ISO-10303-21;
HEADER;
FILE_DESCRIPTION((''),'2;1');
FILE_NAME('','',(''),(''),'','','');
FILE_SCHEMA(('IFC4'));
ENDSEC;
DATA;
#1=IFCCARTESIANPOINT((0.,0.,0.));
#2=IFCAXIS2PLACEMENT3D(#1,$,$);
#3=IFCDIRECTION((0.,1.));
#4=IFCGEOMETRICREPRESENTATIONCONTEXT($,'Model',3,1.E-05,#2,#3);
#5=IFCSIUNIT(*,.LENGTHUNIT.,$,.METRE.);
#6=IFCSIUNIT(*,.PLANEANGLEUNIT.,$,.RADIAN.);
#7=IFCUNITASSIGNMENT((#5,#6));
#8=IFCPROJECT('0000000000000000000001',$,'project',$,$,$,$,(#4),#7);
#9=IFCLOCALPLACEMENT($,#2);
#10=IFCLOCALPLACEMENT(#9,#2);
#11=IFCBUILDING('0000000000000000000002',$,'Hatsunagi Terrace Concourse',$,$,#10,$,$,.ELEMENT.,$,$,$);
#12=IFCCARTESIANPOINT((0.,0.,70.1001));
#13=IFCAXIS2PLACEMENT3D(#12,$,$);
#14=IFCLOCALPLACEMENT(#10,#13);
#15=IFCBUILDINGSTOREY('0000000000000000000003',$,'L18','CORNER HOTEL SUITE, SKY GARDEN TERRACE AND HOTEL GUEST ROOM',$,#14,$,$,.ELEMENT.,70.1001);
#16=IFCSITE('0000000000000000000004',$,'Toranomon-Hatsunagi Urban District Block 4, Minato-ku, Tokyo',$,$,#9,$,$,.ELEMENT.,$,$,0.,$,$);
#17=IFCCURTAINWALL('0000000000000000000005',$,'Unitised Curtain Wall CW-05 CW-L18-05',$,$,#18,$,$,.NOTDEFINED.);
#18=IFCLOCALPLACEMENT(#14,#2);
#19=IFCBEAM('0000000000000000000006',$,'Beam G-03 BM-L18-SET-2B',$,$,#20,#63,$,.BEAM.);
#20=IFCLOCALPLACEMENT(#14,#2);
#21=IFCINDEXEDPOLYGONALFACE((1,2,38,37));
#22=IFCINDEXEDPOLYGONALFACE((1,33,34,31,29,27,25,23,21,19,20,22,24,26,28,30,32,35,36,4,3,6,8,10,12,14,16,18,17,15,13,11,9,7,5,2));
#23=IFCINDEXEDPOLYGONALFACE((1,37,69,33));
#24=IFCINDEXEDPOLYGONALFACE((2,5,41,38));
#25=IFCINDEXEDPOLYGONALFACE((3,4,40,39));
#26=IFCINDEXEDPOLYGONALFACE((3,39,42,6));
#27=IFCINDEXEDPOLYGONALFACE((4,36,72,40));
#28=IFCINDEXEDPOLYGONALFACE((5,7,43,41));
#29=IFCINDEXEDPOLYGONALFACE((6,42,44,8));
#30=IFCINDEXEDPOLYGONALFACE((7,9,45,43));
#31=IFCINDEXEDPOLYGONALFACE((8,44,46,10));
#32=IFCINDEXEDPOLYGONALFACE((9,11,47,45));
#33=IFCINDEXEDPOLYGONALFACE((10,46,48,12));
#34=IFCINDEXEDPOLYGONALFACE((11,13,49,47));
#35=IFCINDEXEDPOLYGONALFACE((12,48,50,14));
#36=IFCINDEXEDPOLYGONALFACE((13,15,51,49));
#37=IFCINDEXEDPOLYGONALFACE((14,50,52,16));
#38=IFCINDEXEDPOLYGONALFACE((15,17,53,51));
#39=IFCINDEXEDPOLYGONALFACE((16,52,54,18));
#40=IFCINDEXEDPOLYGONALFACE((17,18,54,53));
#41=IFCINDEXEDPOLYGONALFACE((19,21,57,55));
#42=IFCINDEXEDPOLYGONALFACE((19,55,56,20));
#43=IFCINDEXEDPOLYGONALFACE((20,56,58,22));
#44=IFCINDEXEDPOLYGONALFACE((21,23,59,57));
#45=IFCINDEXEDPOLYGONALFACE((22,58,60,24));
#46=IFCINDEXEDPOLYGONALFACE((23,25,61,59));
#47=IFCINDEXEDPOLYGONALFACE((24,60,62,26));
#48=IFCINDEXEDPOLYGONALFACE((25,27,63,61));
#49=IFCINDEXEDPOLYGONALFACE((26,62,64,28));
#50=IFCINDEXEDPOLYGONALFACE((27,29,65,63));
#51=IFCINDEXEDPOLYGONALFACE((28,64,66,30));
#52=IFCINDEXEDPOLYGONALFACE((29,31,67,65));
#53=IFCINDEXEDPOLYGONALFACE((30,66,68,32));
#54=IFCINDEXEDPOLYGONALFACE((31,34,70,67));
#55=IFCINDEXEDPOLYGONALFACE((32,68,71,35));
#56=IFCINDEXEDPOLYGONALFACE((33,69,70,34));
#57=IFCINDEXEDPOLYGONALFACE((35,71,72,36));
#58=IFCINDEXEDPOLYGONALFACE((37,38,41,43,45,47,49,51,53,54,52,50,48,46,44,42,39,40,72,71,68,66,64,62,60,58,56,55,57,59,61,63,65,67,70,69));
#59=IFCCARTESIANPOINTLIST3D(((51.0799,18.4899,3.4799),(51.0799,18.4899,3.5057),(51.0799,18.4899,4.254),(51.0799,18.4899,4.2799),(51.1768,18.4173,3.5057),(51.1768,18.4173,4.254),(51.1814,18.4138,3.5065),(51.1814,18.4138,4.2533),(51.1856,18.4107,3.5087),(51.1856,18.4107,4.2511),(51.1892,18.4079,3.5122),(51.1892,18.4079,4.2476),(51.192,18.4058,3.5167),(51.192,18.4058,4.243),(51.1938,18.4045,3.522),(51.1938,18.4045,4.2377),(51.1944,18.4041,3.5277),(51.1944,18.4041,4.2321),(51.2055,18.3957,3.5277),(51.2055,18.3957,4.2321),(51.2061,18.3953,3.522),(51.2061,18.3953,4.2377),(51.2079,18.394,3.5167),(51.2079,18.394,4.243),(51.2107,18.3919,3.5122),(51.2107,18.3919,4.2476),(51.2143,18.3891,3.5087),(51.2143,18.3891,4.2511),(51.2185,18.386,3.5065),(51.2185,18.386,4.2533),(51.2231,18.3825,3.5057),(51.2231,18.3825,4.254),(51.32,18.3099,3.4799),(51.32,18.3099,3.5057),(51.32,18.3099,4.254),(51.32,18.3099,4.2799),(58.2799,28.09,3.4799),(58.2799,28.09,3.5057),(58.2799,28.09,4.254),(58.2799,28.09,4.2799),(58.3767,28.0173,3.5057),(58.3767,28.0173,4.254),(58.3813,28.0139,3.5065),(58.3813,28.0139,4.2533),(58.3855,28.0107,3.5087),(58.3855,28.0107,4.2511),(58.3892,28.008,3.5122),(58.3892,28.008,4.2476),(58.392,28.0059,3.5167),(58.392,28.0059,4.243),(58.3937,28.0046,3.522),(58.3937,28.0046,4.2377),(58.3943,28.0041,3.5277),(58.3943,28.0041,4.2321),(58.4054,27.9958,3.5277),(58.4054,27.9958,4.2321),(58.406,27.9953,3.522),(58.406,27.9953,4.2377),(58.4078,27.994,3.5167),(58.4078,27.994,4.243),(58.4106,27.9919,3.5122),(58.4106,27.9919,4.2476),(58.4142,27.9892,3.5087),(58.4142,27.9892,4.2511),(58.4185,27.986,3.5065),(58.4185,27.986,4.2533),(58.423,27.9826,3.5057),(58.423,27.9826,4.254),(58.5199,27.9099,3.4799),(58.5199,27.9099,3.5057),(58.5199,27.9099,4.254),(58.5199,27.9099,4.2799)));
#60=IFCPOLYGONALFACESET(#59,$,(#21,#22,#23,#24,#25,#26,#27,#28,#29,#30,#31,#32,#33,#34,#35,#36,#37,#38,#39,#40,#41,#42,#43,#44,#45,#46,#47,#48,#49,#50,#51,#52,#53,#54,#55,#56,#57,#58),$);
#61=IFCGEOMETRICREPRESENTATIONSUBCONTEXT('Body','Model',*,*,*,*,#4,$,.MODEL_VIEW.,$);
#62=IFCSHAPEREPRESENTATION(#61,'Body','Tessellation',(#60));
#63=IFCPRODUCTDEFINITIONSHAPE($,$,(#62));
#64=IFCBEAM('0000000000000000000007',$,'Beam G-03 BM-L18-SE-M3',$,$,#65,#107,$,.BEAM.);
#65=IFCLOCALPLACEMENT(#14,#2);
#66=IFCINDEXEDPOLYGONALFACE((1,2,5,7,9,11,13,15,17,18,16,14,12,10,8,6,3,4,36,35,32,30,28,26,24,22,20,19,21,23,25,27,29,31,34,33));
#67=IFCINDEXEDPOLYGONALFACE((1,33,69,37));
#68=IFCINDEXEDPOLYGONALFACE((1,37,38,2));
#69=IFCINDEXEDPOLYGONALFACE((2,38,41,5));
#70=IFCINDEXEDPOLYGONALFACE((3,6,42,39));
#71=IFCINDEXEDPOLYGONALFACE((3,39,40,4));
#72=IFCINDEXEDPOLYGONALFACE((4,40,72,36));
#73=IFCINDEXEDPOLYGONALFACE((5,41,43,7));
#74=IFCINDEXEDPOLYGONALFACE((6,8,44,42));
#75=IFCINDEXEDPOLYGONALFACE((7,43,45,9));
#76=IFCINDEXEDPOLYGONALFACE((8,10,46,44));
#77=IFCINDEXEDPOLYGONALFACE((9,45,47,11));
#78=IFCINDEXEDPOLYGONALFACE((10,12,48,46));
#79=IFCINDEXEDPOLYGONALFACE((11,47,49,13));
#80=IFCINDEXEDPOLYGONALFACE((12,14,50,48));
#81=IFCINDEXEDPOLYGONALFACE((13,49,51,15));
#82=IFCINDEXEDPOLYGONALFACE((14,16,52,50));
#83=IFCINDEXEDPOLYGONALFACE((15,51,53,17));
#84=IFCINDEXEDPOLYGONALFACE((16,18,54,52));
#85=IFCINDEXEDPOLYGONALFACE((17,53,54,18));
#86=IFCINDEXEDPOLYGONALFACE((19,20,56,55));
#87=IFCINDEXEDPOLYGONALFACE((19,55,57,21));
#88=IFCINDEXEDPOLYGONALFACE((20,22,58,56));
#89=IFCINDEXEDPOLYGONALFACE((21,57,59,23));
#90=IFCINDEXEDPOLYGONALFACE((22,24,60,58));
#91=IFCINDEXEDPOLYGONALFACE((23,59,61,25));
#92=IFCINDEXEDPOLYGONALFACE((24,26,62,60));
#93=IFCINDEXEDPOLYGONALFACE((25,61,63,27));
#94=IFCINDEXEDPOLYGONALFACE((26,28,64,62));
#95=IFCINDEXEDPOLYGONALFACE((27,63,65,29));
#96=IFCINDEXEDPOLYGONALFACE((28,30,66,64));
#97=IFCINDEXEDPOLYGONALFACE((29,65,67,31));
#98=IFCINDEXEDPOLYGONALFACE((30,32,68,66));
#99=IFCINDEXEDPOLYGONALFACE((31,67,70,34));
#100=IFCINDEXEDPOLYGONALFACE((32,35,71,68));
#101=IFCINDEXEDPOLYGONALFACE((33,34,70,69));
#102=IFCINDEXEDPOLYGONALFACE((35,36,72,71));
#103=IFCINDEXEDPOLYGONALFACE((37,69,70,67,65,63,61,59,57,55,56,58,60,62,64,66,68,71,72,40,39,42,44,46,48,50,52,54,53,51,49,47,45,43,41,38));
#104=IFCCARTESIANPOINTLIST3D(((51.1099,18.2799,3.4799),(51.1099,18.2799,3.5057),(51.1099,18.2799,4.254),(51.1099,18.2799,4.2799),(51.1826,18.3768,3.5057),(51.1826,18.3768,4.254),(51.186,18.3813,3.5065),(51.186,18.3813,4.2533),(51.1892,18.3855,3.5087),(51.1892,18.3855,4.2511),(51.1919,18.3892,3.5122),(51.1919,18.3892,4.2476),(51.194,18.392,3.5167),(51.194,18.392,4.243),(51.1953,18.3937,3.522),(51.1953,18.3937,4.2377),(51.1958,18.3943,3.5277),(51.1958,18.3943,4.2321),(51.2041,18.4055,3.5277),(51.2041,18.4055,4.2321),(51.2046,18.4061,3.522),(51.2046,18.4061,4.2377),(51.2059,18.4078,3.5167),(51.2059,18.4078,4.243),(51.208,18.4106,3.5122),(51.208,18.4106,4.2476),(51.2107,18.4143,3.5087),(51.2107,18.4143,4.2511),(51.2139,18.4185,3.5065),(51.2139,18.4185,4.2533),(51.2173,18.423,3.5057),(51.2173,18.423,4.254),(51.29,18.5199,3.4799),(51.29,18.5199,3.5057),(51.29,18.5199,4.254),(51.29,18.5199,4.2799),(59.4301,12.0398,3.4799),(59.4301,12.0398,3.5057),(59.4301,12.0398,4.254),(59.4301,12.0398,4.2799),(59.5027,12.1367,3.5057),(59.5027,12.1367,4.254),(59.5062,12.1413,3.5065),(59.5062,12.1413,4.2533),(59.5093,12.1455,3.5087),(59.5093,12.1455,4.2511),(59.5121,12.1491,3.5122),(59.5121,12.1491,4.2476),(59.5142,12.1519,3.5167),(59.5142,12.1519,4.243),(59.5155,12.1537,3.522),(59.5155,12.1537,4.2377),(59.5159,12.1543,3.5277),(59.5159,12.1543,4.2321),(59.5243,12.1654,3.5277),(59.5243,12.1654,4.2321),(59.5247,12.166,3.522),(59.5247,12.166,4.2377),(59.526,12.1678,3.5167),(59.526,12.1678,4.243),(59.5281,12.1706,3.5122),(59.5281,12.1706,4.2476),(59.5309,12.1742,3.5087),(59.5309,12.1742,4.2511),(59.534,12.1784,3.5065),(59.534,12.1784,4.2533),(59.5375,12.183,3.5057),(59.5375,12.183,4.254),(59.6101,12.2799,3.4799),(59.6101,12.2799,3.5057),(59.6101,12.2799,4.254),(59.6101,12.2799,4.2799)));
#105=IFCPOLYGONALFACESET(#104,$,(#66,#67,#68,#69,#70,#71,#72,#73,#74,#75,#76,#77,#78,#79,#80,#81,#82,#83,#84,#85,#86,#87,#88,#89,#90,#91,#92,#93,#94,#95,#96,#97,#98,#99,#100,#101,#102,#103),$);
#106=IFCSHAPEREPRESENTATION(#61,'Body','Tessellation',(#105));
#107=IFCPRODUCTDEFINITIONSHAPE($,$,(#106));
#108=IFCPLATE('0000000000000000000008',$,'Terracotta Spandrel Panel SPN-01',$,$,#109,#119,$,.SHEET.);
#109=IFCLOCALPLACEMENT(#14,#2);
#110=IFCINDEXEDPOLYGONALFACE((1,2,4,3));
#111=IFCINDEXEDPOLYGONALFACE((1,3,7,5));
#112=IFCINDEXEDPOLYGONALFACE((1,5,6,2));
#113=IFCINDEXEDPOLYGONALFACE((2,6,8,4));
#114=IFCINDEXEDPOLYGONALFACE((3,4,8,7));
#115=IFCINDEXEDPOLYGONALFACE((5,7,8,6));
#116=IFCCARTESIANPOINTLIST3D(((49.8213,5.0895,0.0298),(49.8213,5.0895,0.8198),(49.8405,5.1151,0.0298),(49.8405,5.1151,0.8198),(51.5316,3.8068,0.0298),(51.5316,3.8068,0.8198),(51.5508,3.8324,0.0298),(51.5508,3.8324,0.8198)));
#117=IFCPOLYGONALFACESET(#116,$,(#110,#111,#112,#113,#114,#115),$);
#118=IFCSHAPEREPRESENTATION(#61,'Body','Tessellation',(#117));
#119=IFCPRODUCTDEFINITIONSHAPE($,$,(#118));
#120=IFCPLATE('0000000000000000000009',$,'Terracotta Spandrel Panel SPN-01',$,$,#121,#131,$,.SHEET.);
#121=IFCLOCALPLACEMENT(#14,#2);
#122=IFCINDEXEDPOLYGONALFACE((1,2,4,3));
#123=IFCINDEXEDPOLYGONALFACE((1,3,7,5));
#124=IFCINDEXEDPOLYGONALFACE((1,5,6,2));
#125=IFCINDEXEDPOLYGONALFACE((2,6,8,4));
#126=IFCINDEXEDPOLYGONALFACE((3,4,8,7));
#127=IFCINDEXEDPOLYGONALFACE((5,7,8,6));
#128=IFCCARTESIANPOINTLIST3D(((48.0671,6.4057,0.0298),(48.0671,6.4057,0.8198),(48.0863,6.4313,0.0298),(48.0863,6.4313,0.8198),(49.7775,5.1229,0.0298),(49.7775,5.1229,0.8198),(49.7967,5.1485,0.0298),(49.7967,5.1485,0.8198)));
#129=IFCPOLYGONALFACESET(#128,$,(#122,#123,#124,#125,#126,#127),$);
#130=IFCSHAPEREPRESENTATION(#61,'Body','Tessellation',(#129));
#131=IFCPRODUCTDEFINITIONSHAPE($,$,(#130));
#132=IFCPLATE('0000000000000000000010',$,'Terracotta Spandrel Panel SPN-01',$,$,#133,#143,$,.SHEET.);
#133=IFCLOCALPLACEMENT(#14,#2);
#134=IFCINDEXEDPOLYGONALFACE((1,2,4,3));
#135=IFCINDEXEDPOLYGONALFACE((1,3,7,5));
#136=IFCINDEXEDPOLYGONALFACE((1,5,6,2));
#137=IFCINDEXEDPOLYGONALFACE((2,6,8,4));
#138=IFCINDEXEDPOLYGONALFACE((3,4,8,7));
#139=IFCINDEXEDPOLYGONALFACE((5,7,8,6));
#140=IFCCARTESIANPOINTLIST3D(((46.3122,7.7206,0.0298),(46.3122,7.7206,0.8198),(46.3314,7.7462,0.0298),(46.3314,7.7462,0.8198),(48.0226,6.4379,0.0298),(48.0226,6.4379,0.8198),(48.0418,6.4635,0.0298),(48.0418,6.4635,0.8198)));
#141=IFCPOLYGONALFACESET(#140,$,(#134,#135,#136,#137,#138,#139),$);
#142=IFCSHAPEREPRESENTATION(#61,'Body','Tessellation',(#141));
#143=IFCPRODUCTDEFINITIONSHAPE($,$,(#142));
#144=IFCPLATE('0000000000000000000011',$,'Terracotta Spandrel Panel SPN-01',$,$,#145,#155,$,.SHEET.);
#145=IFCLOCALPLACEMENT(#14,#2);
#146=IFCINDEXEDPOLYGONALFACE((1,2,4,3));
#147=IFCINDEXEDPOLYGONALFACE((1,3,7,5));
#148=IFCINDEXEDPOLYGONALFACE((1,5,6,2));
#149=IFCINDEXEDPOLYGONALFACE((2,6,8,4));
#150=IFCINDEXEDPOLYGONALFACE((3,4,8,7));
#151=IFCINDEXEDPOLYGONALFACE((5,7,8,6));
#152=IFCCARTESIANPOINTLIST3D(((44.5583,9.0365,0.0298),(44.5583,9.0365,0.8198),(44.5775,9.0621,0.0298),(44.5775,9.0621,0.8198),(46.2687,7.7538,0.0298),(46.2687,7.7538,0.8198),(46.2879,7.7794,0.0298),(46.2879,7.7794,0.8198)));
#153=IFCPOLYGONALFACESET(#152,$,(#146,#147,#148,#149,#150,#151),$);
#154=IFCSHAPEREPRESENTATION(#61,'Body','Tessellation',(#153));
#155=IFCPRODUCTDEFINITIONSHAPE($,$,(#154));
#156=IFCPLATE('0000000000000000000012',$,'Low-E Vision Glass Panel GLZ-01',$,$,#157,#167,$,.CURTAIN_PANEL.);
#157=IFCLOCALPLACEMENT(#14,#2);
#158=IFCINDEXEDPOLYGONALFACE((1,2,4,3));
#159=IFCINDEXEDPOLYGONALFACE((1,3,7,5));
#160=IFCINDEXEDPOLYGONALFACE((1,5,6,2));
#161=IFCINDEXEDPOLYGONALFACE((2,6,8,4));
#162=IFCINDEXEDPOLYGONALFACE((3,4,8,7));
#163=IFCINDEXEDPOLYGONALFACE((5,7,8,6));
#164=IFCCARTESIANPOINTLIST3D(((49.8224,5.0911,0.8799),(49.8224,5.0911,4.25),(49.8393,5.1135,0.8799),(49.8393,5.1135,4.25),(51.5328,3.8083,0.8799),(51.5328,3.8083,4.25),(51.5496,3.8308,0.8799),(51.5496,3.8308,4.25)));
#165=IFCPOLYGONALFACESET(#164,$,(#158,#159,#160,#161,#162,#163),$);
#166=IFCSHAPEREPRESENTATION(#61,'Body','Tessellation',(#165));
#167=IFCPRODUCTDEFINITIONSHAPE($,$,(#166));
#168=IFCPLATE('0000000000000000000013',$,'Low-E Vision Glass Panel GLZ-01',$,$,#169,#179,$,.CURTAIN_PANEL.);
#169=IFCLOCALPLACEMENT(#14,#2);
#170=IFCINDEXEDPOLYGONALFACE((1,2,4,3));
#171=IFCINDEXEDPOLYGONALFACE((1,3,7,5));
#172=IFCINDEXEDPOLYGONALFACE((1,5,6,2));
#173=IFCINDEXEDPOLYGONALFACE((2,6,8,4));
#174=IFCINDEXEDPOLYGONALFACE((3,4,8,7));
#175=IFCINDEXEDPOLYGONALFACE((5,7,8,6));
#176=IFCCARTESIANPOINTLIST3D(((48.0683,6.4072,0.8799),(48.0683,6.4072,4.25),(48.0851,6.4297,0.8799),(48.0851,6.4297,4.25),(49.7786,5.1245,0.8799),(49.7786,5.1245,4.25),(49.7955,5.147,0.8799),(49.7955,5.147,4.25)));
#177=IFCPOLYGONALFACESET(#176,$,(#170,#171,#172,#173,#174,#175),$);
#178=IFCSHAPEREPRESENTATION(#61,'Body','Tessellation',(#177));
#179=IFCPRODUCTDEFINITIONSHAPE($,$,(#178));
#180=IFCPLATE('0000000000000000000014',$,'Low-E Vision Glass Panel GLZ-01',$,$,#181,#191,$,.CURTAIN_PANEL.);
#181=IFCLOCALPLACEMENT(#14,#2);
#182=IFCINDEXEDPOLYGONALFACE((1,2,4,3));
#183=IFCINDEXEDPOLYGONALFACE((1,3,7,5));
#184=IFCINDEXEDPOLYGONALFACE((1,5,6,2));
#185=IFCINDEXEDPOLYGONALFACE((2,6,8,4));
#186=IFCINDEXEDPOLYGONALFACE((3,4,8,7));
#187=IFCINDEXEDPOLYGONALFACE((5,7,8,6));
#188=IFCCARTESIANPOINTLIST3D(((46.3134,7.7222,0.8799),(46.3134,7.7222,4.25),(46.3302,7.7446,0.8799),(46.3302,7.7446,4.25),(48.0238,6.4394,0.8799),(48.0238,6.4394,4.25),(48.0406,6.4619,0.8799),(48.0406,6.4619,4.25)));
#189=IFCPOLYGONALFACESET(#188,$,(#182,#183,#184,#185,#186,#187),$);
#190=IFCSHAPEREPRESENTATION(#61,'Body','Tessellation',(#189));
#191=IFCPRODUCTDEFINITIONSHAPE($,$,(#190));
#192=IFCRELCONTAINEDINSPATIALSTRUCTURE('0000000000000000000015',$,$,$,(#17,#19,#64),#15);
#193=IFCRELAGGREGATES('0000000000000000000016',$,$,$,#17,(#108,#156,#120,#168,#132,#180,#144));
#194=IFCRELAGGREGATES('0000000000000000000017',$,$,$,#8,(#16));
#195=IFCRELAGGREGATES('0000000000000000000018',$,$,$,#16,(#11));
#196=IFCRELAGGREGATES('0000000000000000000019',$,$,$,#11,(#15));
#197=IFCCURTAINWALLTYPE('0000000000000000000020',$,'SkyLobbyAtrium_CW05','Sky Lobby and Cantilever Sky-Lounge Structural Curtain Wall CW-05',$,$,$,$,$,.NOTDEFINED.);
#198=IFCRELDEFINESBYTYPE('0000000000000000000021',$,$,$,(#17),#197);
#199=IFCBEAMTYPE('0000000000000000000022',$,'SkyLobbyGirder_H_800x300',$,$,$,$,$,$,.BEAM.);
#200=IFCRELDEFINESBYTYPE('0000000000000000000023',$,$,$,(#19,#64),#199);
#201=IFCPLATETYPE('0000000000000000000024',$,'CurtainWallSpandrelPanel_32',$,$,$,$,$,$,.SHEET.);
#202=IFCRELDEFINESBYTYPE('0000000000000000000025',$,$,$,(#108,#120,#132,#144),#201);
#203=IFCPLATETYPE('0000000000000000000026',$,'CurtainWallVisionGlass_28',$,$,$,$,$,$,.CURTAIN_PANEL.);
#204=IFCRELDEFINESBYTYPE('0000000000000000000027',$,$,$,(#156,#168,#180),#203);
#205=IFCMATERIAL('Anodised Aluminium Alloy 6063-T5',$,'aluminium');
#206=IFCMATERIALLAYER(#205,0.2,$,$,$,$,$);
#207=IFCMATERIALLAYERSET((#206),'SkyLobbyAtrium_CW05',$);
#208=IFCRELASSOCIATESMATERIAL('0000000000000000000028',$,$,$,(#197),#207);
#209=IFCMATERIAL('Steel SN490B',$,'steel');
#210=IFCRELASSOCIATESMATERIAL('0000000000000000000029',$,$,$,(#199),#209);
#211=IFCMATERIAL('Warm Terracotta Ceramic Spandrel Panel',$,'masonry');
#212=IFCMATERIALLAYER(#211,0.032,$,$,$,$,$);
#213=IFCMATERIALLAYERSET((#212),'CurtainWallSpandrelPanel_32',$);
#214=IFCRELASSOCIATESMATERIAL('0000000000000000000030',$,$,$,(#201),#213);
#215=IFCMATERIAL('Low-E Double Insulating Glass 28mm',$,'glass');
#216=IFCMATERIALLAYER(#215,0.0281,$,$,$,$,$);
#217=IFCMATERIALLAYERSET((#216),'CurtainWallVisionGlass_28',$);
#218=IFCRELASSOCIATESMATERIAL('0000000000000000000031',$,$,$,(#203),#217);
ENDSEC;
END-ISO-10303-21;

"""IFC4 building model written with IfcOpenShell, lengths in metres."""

from ifc_helpers import new_model, si_unit, direction, frame, origin, origin_2d, place, context, subcontext, project, spatial, rectangle, i_section, extrude, material, layer, layer_set, material_profile, profile_set, type_object, element, aggregate, save


model = new_model("IFC4")

# Units and contexts
model_context = context("Model", 3, precision=1e-05, world=origin(), true_north=direction((0.0, 1.0)))
body_context = subcontext(model_context, "Body", "Model", "MODEL_VIEW")
ifc_project = project(units=[si_unit("LENGTHUNIT", "METRE"), si_unit("PLANEANGLEUNIT", "RADIAN")], contexts=[model_context])

# Site, building, storey
site_placement = place(None, origin())
site = spatial("IfcSite", under=ifc_project, at=site_placement, Name="Toranomon-Hatsunagi Urban District Block 4, Minato-ku, Tokyo", CompositionType="ELEMENT", RefElevation=0.0)
building_placement = place(site_placement, origin())
building = spatial("IfcBuilding", under=site, at=building_placement, Name="Hatsunagi Terrace Concourse", CompositionType="ELEMENT")
storey_placement = place(building_placement, frame((0.0, 0.0, 70.1001)))
storey = spatial("IfcBuildingStorey", under=building, at=storey_placement, Name="L18", Description="CORNER HOTEL SUITE, SKY GARDEN TERRACE AND HOTEL GUEST ROOM", CompositionType="ELEMENT", Elevation=70.1001)

# Curtain wall
ifc_material_1 = material(Name="Anodised Aluminium Alloy 6063-T5", Category="aluminium")
ifc_layer_1 = layer(ifc_material_1, 0.2)
ifc_layer_set_1 = layer_set([ifc_layer_1], Name="SkyLobbyAtrium_CW05")
curtain_wall_type = type_object("IfcCurtainWallType", Name="SkyLobbyAtrium_CW05", Description="Sky Lobby and Cantilever Sky-Lounge Structural Curtain Wall CW-05", PredefinedType="NOTDEFINED", material=ifc_layer_set_1)
curtain_wall_placement = place(storey_placement, origin())
curtain_wall = element("IfcCurtainWall", 1, at=curtain_wall_placement, inside=storey, type_object=curtain_wall_type, Name="Unitised Curtain Wall CW-05 CW-L18-05", PredefinedType="NOTDEFINED")

# Beams
ifc_material_2 = material(Name="Steel SN490B", Category="steel")
ifc_material_profile_1 = material_profile(ifc_material_2, i_section(OverallWidth=0.3, OverallDepth=0.8, WebThickness=0.0139, FlangeThickness=0.0259, FilletRadius=0.022, at=origin_2d()), Name="H-800x300x14x26")
ifc_profile_set_1 = profile_set([ifc_material_profile_1], Name="Steel SN490B")
beam_type_1 = type_object("IfcBeamType", Name="SkyLobbyGirder_H_800x300", PredefinedType="BEAM", material=ifc_profile_set_1)
beam_1_placement = place(storey_placement, frame((51.2, 18.3999, 3.8799), z_axis=(0.599993, 0.800005, 0.0), x_axis=(-0.800005, 0.599993, 0.0)))
element("IfcBeam", 2, at=beam_1_placement, inside=storey, type_object=beam_type_1, Name="Beam G-03 BM-L18-SET-2B", PredefinedType="BEAM", context=body_context, shape_type="SweptSolid", body=[
    extrude(i_section(OverallWidth=0.3, OverallDepth=0.8, WebThickness=0.0139, FlangeThickness=0.0259, FilletRadius=0.022, at=origin_2d()), origin(), (0.0, 0.0, 1.0), 12.0),
])
beam_2_placement = place(storey_placement, frame((51.2, 18.3999, 3.8799), z_axis=(0.800003, -0.599996, 0.0), x_axis=(0.599996, 0.800003, 0.0)))
element("IfcBeam", 3, at=beam_2_placement, inside=storey, type_object=beam_type_1, Name="Beam G-03 BM-L18-SE-M3", PredefinedType="BEAM", context=body_context, shape_type="SweptSolid", body=[
    extrude(i_section(OverallWidth=0.3, OverallDepth=0.8, WebThickness=0.0139, FlangeThickness=0.0259, FilletRadius=0.022, at=origin_2d()), origin(), (0.0, 0.0, 1.0), 10.4001),
])

# Plates
ifc_material_3 = material(Name="Warm Terracotta Ceramic Spandrel Panel", Category="masonry")
ifc_layer_2 = layer(ifc_material_3, 0.032)
ifc_layer_set_2 = layer_set([ifc_layer_2], Name="CurtainWallSpandrelPanel_32")
plate_type_1 = type_object("IfcPlateType", Name="CurtainWallSpandrelPanel_32", PredefinedType="SHEET", material=ifc_layer_set_2)
plate_1_placement = place(storey_placement, frame((50.686, 4.4609, 0.0298), z_axis=(0.0, 0.0, 1.0), x_axis=(-0.800003, 0.599996, 0.0)))
plate_1 = element("IfcPlate", 4, at=plate_1_placement, type_object=plate_type_1, Name="Terracotta Spandrel Panel SPN-01", PredefinedType="SHEET", context=body_context, shape_type="SweptSolid", body=[
    extrude(rectangle(XDim=2.1379, YDim=0.032, at=origin_2d()), origin(), (0.0, 0.0, 1.0), 0.79),
])
plate_2_placement = place(storey_placement, frame((48.9319, 5.7771, 0.0298), z_axis=(0.0, 0.0, 1.0), x_axis=(-0.800003, 0.599996, 0.0)))
plate_2 = element("IfcPlate", 5, at=plate_2_placement, type_object=plate_type_1, Name="Terracotta Spandrel Panel SPN-01", PredefinedType="SHEET", context=body_context, shape_type="SweptSolid", body=[
    extrude(rectangle(XDim=2.1379, YDim=0.032, at=origin_2d()), origin(), (0.0, 0.0, 1.0), 0.79),
])
plate_3_placement = place(storey_placement, frame((47.177, 7.092, 0.0298), z_axis=(0.0, 0.0, 1.0), x_axis=(-0.800003, 0.599996, 0.0)))
plate_3 = element("IfcPlate", 6, at=plate_3_placement, type_object=plate_type_1, Name="Terracotta Spandrel Panel SPN-01", PredefinedType="SHEET", context=body_context, shape_type="SweptSolid", body=[
    extrude(rectangle(XDim=2.1379, YDim=0.032, at=origin_2d()), origin(), (0.0, 0.0, 1.0), 0.79),
])
plate_4_placement = place(storey_placement, frame((45.4231, 8.408, 0.0298), z_axis=(0.0, 0.0, 1.0), x_axis=(-0.800003, 0.599996, 0.0)))
plate_4 = element("IfcPlate", 7, at=plate_4_placement, type_object=plate_type_1, Name="Terracotta Spandrel Panel SPN-01", PredefinedType="SHEET", context=body_context, shape_type="SweptSolid", body=[
    extrude(rectangle(XDim=2.1379, YDim=0.032, at=origin_2d()), origin(), (0.0, 0.0, 1.0), 0.79),
])
ifc_material_4 = material(Name="Low-E Double Insulating Glass 28mm", Category="glass")
ifc_layer_3 = layer(ifc_material_4, 0.0281)
ifc_layer_set_3 = layer_set([ifc_layer_3], Name="CurtainWallVisionGlass_28")
plate_type_2 = type_object("IfcPlateType", Name="CurtainWallVisionGlass_28", PredefinedType="CURTAIN_PANEL", material=ifc_layer_set_3)
plate_5_placement = place(storey_placement, frame((50.686, 4.4609, 0.8799), z_axis=(0.0, 0.0, 1.0), x_axis=(-0.800003, 0.599996, 0.0)))
plate_5 = element("IfcPlate", 8, at=plate_5_placement, type_object=plate_type_2, Name="Low-E Vision Glass Panel GLZ-01", PredefinedType="CURTAIN_PANEL", context=body_context, shape_type="SweptSolid", body=[
    extrude(rectangle(XDim=2.1379, YDim=0.0281, at=origin_2d()), origin(), (0.0, 0.0, 1.0), 3.3701),
])
plate_6_placement = place(storey_placement, frame((48.9319, 5.7771, 0.8799), z_axis=(0.0, 0.0, 1.0), x_axis=(-0.800003, 0.599996, 0.0)))
plate_6 = element("IfcPlate", 9, at=plate_6_placement, type_object=plate_type_2, Name="Low-E Vision Glass Panel GLZ-01", PredefinedType="CURTAIN_PANEL", context=body_context, shape_type="SweptSolid", body=[
    extrude(rectangle(XDim=2.1379, YDim=0.0281, at=origin_2d()), origin(), (0.0, 0.0, 1.0), 3.3701),
])
plate_7_placement = place(storey_placement, frame((47.177, 7.092, 0.8799), z_axis=(0.0, 0.0, 1.0), x_axis=(-0.800003, 0.599996, 0.0)))
plate_7 = element("IfcPlate", 10, at=plate_7_placement, type_object=plate_type_2, Name="Low-E Vision Glass Panel GLZ-01", PredefinedType="CURTAIN_PANEL", context=body_context, shape_type="SweptSolid", body=[
    extrude(rectangle(XDim=2.1379, YDim=0.0281, at=origin_2d()), origin(), (0.0, 0.0, 1.0), 3.3701),
])
aggregate(curtain_wall, [plate_1, plate_5, plate_2, plate_6, plate_3, plate_7, plate_4])

save(model, "model.ifc")
